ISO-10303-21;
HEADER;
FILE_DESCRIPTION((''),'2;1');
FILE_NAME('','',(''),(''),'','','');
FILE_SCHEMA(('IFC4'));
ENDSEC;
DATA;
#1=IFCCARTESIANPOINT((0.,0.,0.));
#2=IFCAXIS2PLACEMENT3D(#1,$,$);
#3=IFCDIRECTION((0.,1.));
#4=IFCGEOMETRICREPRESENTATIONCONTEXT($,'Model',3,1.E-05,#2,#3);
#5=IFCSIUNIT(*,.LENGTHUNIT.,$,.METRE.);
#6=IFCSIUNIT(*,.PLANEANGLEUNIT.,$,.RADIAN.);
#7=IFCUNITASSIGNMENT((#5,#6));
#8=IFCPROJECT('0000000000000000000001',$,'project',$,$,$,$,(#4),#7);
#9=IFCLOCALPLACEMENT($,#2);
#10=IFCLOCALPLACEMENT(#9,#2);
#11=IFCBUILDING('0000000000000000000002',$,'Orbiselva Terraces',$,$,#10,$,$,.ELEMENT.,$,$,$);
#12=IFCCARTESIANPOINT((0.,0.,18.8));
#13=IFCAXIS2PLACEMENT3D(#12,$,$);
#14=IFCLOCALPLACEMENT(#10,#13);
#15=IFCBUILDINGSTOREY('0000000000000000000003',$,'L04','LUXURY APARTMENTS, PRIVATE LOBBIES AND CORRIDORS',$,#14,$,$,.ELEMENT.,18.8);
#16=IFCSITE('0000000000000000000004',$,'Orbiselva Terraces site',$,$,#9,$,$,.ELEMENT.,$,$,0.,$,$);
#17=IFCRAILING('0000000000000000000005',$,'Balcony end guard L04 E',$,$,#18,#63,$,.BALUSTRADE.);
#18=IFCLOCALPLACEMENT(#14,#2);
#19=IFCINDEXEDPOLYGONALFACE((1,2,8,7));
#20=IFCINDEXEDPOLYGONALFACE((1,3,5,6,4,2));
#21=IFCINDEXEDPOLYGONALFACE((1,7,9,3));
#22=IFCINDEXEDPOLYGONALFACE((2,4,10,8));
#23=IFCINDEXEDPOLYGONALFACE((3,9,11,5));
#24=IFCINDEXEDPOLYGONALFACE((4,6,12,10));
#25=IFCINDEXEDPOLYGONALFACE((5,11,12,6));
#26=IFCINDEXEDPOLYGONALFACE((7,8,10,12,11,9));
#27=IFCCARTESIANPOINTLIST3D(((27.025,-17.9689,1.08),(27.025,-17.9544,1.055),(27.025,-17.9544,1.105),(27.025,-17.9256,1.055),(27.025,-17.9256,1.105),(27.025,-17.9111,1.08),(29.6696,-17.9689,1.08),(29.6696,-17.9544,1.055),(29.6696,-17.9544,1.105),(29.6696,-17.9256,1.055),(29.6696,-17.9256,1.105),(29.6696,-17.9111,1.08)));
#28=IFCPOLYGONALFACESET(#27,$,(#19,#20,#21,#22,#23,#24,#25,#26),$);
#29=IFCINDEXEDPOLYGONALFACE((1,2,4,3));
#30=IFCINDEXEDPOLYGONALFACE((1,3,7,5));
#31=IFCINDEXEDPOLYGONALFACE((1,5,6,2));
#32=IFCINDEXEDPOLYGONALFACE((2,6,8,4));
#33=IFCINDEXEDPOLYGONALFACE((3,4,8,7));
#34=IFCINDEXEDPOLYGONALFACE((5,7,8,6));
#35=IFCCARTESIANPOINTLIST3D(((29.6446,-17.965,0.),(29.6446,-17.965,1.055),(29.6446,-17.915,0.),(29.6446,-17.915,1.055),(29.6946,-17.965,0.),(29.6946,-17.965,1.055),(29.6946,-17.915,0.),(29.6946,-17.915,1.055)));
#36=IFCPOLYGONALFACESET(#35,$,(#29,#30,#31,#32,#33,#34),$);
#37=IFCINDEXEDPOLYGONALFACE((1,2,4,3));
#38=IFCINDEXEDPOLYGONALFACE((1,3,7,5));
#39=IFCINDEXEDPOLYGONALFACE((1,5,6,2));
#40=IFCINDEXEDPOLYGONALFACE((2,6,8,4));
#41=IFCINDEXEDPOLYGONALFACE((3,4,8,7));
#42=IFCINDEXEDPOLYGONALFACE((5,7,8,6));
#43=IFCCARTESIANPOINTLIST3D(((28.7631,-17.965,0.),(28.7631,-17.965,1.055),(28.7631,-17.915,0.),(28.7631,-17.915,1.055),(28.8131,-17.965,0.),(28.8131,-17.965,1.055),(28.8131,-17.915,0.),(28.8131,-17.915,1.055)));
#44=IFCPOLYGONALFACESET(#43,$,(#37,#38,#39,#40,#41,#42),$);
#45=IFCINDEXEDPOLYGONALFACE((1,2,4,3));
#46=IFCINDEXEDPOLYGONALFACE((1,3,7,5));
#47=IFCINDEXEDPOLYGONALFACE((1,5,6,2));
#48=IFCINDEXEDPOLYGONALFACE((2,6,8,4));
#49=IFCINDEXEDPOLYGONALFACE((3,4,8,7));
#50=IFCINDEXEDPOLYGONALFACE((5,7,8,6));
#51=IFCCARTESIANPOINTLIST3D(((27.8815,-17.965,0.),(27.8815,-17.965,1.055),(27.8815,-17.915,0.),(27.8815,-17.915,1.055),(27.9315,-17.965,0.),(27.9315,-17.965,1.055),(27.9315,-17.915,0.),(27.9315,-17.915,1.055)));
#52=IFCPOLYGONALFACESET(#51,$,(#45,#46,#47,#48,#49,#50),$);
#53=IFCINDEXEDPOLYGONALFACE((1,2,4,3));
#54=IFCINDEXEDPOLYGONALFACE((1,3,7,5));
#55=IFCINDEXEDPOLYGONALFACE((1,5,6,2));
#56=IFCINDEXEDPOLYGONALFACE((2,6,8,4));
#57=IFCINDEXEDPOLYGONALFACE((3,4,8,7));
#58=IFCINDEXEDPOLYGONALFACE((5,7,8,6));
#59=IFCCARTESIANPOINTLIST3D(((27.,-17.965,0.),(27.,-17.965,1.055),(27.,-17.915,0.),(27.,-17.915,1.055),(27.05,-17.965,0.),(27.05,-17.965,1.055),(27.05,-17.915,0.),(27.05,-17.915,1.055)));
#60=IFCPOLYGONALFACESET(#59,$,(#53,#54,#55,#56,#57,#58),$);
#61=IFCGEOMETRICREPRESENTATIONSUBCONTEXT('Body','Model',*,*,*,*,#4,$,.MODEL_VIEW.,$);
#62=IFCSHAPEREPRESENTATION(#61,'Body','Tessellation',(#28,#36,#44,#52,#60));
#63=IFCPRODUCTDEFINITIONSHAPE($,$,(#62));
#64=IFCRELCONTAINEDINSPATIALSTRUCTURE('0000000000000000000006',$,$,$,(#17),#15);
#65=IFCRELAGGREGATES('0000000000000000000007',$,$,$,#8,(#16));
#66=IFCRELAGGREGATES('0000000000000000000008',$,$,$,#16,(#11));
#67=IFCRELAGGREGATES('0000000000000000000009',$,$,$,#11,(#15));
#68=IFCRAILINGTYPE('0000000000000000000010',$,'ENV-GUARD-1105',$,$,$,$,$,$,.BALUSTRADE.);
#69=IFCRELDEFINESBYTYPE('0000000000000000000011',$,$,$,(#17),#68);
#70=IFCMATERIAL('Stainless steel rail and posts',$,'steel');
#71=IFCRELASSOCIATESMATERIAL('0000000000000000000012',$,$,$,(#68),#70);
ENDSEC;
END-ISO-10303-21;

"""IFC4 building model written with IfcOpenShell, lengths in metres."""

from ifc_helpers import new_model, si_unit, direction, frame, origin, origin_2d, place, context, subcontext, project, spatial, polyline, rectangle, outline, extrude, material, type_object, element, save


model = new_model("IFC4")

# Units and contexts
model_context = context("Model", 3, precision=1e-05, world=origin(), true_north=direction((0.0, 1.0)))
body_context = subcontext(model_context, "Body", "Model", "MODEL_VIEW")
ifc_project = project(units=[si_unit("LENGTHUNIT", "METRE"), si_unit("PLANEANGLEUNIT", "RADIAN")], contexts=[model_context])

# Site, building, storey
site_placement = place(None, origin())
site = spatial("IfcSite", under=ifc_project, at=site_placement, Name="Orbiselva Terraces site", CompositionType="ELEMENT", RefElevation=0.0)
building_placement = place(site_placement, origin())
building = spatial("IfcBuilding", under=site, at=building_placement, Name="Orbiselva Terraces", CompositionType="ELEMENT")
storey_placement = place(building_placement, frame((0.0, 0.0, 18.8)))
storey = spatial("IfcBuildingStorey", under=building, at=storey_placement, Name="L04", Description="LUXURY APARTMENTS, PRIVATE LOBBIES AND CORRIDORS", CompositionType="ELEMENT", Elevation=18.8)

# Railing
ifc_material_1 = material(Name="Stainless steel rail and posts", Category="steel")
railing_type_1 = type_object("IfcRailingType", Name="ENV-GUARD-1105", PredefinedType="BALUSTRADE", material=ifc_material_1)
railing_1_placement = place(storey_placement, frame((29.6696, -17.94, 0.0)))
element("IfcRailing", 1, at=railing_1_placement, inside=storey, type_object=railing_type_1, Name="Balcony end guard L04 E", PredefinedType="BALUSTRADE", context=body_context, shape_type="SweptSolid", body=[
    extrude(outline(polyline([(0.0289, 0.0), (0.0144, 0.025), (-0.0144, 0.025), (-0.0289, 0.0), (-0.0144, -0.025), (0.0144, -0.025), (0.0289, 0.0)])), frame((0.0, 0.0, 1.08), z_axis=(-1.0, 0.0, 0.0), x_axis=(0.0, -1.0, 0.0)), (0.0, 0.0, 1.0), 2.6446),
    extrude(rectangle(XDim=0.05, YDim=0.05, at=origin_2d()), origin(), (0.0, 0.0, 1.0), 1.055),
    extrude(rectangle(XDim=0.05, YDim=0.05, at=origin_2d()), frame((-0.8815, 0.0, 0.0)), (0.0, 0.0, 1.0), 1.055),
    extrude(rectangle(XDim=0.05, YDim=0.05, at=origin_2d()), frame((-1.7631, 0.0, 0.0)), (0.0, 0.0, 1.0), 1.055),
    extrude(rectangle(XDim=0.05, YDim=0.05, at=origin_2d()), frame((-2.6446, 0.0, 0.0)), (0.0, 0.0, 1.0), 1.055),
])

save(model, "model.ifc")
